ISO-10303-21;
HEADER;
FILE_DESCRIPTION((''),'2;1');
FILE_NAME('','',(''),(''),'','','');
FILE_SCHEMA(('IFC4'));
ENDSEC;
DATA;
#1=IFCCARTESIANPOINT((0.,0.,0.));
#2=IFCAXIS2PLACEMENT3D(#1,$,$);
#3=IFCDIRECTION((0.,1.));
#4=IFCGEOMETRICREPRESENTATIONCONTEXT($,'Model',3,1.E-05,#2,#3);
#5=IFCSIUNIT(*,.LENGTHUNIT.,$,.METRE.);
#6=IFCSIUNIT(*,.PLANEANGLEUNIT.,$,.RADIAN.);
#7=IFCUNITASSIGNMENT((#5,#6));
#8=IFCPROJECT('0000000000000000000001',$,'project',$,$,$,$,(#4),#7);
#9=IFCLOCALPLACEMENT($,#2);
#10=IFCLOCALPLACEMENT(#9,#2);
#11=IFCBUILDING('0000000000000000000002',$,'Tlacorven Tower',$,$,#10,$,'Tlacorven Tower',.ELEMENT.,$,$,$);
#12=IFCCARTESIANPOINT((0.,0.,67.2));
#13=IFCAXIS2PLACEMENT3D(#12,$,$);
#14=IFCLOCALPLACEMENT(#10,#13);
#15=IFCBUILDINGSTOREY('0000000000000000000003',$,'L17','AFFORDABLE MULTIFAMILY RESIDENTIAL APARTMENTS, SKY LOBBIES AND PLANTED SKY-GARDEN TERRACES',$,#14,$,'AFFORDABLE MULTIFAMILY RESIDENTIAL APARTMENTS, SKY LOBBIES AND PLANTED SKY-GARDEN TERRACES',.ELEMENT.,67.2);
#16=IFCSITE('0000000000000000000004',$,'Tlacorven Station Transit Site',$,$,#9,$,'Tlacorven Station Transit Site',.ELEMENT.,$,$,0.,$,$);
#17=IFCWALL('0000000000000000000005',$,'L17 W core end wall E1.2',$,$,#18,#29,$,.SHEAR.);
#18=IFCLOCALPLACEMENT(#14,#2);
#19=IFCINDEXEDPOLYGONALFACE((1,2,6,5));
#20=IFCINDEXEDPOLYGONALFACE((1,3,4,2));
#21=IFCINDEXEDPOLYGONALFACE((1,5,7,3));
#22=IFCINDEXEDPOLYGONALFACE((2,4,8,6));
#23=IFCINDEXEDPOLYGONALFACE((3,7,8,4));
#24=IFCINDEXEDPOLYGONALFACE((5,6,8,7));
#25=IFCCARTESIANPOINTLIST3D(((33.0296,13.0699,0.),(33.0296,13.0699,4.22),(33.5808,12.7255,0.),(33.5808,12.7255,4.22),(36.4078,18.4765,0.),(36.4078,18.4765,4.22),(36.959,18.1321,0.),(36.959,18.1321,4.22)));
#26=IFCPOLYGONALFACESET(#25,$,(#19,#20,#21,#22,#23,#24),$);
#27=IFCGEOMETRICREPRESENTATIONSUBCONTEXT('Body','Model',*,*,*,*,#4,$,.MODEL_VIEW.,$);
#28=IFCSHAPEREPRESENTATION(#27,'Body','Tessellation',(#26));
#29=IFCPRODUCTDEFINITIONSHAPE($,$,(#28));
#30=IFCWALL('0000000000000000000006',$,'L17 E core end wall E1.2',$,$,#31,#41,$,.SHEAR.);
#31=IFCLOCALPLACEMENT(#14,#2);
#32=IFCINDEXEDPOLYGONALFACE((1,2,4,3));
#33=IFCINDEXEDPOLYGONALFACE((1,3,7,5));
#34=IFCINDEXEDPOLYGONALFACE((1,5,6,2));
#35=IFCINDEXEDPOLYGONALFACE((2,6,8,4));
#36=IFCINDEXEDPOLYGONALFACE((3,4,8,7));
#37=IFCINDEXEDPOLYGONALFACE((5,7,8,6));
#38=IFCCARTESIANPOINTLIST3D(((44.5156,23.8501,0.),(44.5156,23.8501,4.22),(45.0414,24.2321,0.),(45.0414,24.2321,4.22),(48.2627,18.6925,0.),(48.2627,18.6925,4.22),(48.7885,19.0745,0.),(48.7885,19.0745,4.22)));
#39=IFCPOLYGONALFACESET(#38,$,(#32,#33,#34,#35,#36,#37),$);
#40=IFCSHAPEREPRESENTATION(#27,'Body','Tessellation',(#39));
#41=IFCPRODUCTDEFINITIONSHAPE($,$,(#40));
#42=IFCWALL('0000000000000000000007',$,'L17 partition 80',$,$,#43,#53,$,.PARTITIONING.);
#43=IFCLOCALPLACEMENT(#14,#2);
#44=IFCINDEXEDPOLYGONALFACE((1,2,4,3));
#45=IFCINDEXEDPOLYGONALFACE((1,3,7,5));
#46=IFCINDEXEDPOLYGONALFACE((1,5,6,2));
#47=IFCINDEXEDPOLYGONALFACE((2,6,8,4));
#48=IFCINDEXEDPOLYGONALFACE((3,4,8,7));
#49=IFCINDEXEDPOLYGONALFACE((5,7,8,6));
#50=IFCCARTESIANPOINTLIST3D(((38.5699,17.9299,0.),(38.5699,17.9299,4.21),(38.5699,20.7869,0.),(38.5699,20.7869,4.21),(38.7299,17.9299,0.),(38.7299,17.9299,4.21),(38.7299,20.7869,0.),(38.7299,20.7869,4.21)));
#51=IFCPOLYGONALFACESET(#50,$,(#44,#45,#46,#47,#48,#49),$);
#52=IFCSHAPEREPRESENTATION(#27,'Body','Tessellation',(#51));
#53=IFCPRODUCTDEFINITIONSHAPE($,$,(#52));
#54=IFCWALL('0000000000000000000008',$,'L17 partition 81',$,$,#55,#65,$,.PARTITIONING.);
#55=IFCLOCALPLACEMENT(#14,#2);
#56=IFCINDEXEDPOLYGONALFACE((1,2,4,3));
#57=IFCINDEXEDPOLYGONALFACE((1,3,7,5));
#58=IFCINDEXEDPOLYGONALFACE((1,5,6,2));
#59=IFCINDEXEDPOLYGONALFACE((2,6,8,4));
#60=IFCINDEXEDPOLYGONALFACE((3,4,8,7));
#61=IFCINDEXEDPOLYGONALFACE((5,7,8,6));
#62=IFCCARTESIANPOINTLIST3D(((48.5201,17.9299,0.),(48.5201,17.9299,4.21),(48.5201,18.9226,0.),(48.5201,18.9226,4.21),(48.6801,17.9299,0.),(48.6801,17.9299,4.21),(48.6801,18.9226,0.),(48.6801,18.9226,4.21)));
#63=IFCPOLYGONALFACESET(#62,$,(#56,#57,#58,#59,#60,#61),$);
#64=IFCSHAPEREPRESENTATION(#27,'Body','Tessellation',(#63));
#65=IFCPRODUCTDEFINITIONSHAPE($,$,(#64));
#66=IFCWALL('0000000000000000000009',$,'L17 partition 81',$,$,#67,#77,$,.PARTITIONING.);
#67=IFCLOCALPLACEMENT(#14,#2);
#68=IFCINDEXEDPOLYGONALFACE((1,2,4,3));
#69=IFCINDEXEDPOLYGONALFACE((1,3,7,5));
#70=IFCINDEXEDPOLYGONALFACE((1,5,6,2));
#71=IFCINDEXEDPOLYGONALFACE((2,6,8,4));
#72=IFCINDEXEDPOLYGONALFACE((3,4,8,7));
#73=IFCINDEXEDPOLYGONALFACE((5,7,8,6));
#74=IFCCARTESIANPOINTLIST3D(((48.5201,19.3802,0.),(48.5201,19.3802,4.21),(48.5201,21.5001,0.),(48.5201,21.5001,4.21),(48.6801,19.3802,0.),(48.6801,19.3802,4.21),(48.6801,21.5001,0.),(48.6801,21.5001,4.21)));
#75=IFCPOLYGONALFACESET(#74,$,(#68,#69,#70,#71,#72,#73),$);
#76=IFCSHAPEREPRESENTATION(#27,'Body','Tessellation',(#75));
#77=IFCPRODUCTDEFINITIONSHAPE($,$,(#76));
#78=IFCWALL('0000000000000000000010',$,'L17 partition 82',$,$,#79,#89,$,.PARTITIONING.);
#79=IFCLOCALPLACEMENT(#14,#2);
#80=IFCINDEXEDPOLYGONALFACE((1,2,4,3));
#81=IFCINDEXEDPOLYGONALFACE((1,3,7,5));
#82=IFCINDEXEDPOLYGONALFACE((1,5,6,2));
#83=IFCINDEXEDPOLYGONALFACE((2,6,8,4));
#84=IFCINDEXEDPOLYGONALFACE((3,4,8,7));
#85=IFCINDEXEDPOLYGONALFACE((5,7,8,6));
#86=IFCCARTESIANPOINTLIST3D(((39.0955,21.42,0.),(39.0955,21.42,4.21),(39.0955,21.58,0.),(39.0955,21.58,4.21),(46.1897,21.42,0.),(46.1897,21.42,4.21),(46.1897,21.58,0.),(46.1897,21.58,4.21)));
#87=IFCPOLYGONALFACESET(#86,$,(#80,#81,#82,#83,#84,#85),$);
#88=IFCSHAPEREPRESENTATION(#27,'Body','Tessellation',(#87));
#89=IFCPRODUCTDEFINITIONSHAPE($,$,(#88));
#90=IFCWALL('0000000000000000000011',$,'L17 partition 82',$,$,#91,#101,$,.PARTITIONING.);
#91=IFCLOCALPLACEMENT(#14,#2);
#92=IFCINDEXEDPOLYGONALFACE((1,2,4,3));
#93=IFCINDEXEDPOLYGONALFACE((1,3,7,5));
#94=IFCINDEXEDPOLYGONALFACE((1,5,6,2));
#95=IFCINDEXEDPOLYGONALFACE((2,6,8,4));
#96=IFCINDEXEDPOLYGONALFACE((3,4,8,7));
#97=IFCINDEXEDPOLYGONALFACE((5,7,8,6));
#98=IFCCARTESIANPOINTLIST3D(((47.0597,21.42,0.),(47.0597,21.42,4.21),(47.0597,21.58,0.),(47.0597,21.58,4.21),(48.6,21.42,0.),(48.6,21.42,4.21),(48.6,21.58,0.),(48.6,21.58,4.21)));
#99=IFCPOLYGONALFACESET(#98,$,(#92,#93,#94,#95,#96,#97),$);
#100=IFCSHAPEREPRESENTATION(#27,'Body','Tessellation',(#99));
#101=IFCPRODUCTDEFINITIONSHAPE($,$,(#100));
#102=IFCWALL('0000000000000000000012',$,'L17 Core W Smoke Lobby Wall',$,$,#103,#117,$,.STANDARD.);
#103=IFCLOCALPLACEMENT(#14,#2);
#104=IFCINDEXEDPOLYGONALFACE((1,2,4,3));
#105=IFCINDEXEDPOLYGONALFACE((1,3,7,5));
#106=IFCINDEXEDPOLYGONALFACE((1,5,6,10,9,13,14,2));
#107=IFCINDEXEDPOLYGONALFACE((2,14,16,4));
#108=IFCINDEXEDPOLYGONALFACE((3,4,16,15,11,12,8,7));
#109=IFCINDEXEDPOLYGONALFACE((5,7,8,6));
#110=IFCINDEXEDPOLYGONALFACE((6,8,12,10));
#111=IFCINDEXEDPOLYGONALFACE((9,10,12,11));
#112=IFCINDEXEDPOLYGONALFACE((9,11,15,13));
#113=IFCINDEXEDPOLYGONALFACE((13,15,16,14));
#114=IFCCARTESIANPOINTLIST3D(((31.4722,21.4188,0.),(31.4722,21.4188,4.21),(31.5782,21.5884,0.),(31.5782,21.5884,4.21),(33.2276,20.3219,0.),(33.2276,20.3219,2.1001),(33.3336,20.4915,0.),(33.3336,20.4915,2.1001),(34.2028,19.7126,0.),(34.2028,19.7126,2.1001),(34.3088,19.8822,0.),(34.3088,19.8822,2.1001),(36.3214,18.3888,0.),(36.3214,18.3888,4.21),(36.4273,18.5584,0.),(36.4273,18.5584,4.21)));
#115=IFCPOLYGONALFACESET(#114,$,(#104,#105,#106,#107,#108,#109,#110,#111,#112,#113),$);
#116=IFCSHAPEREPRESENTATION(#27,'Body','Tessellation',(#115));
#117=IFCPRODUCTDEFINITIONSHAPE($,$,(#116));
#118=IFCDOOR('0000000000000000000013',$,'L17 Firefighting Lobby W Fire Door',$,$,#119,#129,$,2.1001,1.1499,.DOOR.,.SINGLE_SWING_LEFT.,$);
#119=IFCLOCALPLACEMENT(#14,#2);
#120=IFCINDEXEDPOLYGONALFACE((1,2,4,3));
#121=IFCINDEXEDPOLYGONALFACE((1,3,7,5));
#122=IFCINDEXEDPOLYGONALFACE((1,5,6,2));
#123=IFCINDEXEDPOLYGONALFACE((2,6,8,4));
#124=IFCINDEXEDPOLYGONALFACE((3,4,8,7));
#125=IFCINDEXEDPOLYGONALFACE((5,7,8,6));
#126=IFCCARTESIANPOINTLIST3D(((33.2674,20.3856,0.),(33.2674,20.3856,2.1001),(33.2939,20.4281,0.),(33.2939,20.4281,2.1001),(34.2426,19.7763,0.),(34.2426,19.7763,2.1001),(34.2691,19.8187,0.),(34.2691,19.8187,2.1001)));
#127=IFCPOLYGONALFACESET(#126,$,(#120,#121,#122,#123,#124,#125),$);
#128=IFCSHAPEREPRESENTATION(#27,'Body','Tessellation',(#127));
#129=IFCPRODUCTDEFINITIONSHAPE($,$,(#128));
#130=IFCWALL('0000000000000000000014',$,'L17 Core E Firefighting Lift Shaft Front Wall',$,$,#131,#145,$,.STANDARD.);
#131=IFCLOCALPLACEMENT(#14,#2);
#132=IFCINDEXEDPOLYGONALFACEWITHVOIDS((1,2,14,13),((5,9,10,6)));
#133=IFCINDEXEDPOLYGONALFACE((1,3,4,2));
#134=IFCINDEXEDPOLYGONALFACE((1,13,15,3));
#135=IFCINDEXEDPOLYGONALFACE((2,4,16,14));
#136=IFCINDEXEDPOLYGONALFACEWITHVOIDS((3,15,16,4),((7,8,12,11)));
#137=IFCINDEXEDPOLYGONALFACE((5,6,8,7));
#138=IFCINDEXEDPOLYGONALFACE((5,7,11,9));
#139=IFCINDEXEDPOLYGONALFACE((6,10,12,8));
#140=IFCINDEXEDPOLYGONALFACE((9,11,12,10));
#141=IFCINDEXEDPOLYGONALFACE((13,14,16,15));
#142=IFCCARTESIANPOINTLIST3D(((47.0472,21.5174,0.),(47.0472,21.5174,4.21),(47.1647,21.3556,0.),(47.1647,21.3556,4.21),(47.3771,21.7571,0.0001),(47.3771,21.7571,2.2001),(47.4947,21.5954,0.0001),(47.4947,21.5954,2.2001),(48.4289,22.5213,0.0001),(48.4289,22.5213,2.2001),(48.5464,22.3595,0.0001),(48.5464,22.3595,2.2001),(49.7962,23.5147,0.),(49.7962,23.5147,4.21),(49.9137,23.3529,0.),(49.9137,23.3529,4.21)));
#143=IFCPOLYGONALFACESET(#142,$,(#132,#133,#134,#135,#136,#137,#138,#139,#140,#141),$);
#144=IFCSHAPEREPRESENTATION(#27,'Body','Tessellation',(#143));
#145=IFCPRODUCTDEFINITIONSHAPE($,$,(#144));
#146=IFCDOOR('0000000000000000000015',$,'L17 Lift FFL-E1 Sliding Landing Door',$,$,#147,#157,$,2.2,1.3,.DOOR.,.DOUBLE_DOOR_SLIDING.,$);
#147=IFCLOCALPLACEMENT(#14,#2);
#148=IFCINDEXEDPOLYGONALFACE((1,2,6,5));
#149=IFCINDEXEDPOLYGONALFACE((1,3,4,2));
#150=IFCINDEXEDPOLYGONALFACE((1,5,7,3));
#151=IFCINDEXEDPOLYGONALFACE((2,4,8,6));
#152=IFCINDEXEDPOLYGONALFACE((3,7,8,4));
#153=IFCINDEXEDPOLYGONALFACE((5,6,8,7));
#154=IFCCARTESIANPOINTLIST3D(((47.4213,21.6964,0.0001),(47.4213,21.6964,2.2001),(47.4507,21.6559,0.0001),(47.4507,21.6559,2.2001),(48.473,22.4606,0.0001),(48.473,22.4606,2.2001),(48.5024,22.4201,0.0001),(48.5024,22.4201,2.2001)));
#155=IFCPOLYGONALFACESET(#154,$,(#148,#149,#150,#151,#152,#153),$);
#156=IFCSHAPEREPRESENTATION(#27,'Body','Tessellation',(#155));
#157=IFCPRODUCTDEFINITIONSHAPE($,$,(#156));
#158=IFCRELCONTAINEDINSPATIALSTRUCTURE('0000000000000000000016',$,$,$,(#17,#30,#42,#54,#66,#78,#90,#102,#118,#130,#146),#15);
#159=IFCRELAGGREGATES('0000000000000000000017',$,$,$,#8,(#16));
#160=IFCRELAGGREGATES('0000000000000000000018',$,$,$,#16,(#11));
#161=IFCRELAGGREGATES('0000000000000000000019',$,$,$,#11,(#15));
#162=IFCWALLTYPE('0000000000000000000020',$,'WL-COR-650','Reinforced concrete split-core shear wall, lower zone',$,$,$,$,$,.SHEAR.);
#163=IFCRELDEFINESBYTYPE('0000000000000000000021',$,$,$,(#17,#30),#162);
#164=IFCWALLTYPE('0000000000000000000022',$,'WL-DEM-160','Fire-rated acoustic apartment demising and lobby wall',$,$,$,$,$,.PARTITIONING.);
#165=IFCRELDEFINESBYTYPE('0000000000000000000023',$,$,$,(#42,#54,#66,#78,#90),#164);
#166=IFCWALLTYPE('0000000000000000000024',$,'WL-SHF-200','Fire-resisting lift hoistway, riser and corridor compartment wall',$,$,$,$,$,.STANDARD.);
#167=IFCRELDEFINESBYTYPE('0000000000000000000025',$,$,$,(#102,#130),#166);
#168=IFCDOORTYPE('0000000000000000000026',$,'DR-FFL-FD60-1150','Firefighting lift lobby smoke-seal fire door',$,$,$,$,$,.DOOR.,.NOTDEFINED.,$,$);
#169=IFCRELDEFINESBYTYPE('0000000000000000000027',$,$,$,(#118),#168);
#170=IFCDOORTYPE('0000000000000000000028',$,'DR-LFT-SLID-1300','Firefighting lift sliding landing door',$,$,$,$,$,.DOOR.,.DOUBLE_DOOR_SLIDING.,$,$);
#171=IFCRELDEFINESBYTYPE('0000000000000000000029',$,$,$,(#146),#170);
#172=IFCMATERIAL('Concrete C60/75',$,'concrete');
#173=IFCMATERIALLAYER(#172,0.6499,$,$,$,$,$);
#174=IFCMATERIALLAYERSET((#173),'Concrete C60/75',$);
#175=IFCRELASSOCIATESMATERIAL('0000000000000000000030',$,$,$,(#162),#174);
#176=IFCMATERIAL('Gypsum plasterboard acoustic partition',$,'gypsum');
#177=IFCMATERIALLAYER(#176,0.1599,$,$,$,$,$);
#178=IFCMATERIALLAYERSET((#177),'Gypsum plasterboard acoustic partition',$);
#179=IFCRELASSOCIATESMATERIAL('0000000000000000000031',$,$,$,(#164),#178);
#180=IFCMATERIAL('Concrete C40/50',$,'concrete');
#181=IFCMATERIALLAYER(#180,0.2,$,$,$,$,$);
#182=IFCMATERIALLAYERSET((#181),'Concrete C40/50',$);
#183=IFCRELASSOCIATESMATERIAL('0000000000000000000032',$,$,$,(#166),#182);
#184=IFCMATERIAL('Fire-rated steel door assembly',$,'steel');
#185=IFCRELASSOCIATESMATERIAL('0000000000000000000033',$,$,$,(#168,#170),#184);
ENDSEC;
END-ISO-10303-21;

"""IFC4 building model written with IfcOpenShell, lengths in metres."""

from ifc_helpers import new_model, si_unit, direction, frame, frame_2d, origin, place, context, subcontext, project, spatial, rectangle, extrude, source, transform, mapped, material, layer, layer_set, type_object, element, fill, save


model = new_model("IFC4")

# Units and contexts
model_context = context("Model", 3, precision=1e-05, world=origin(), true_north=direction((0.0, 1.0)))
body_context = subcontext(model_context, "Body", "Model", "MODEL_VIEW")
ifc_project = project(units=[si_unit("LENGTHUNIT", "METRE"), si_unit("PLANEANGLEUNIT", "RADIAN")], contexts=[model_context])

# Site, building, storey
site_placement = place(None, origin())
site = spatial("IfcSite", under=ifc_project, at=site_placement, Name="Tlacorven Station Transit Site", LongName="Tlacorven Station Transit Site", CompositionType="ELEMENT", RefElevation=0.0)
building_placement = place(site_placement, origin())
building = spatial("IfcBuilding", under=site, at=building_placement, Name="Tlacorven Tower", LongName="Tlacorven Tower", CompositionType="ELEMENT")
storey_placement = place(building_placement, frame((0.0, 0.0, 67.2)))
storey = spatial("IfcBuildingStorey", under=building, at=storey_placement, Name="L17", Description="AFFORDABLE MULTIFAMILY RESIDENTIAL APARTMENTS, SKY LOBBIES AND PLANTED SKY-GARDEN TERRACES", LongName="AFFORDABLE MULTIFAMILY RESIDENTIAL APARTMENTS, SKY LOBBIES AND PLANTED SKY-GARDEN TERRACES", CompositionType="ELEMENT", Elevation=67.2)

# Walls
ifc_material_1 = material(Name="Concrete C60/75", Category="concrete")
ifc_layer_1 = layer(ifc_material_1, 0.6499)
ifc_layer_set_1 = layer_set([ifc_layer_1], Name="Concrete C60/75")
wall_type_1 = type_object("IfcWallType", Name="WL-COR-650", Description="Reinforced concrete split-core shear wall, lower zone", PredefinedType="SHEAR", material=ifc_layer_set_1)
wall_1_placement = place(storey_placement, frame((36.6833, 18.3042, 0.0), z_axis=(0.0, 0.0, 1.0), x_axis=(-0.529899, -0.848061, 0.0)))
element("IfcWall", 1, at=wall_1_placement, inside=storey, type_object=wall_type_1, Name="L17 W core end wall E1.2", PredefinedType="SHEAR", context=body_context, shape_type="SweptSolid", body=[
    extrude(rectangle(XDim=6.3752, YDim=0.6499, at=frame_2d((3.1875, 0.0))), origin(), (0.0, 0.0, 1.0), 4.22),
])
wall_2_placement = place(storey_placement, frame((48.5256, 18.8835, 0.0), z_axis=(0.0, 0.0, 1.0), x_axis=(-0.58778, 0.809021, 0.0)))
element("IfcWall", 2, at=wall_2_placement, inside=storey, type_object=wall_type_1, Name="L17 E core end wall E1.2", PredefinedType="SHEAR", context=body_context, shape_type="SweptSolid", body=[
    extrude(rectangle(XDim=6.375, YDim=0.6499, at=frame_2d((3.1875, 0.0))), origin(), (0.0, 0.0, 1.0), 4.22),
])
ifc_material_2 = material(Name="Gypsum plasterboard acoustic partition", Category="gypsum")
ifc_layer_2 = layer(ifc_material_2, 0.1599)
ifc_layer_set_2 = layer_set([ifc_layer_2], Name="Gypsum plasterboard acoustic partition")
wall_type_2 = type_object("IfcWallType", Name="WL-DEM-160", Description="Fire-rated acoustic apartment demising and lobby wall", PredefinedType="PARTITIONING", material=ifc_layer_set_2)
wall_3_placement = place(storey_placement, frame((38.6499, 17.9299, 0.0), z_axis=(0.0, 0.0, 1.0), x_axis=(0.0, 1.0, 0.0)))
element("IfcWall", 3, at=wall_3_placement, inside=storey, type_object=wall_type_2, Name="L17 partition 80", PredefinedType="PARTITIONING", context=body_context, shape_type="SweptSolid", body=[
    extrude(rectangle(XDim=2.8569, YDim=0.1599, at=frame_2d((1.4285, 0.0))), origin(), (0.0, 0.0, 1.0), 4.21),
])
wall_4_placement = place(storey_placement, frame((48.6001, 17.9299, 0.0), z_axis=(0.0, 0.0, 1.0), x_axis=(0.0, 1.0, 0.0)))
element("IfcWall", 4, at=wall_4_placement, inside=storey, type_object=wall_type_2, Name="L17 partition 81", PredefinedType="PARTITIONING", context=body_context, shape_type="SweptSolid", body=[
    extrude(rectangle(XDim=0.9927, YDim=0.1599, at=frame_2d((0.4963, 0.0))), origin(), (0.0, 0.0, 1.0), 4.21),
])
wall_5_placement = place(storey_placement, frame((48.6001, 19.3801, 0.0), z_axis=(0.0, 0.0, 1.0), x_axis=(0.0, 1.0, 0.0)))
element("IfcWall", 5, at=wall_5_placement, inside=storey, type_object=wall_type_2, Name="L17 partition 81", PredefinedType="PARTITIONING", context=body_context, shape_type="SweptSolid", body=[
    extrude(rectangle(XDim=2.1199, YDim=0.1599, at=frame_2d((1.0601, 0.0))), origin(), (0.0, 0.0, 1.0), 4.21),
])
wall_6_placement = place(storey_placement, frame((39.0955, 21.5, 0.0), z_axis=(0.0, 0.0, 1.0), x_axis=(1.0, 0.0, 0.0)))
element("IfcWall", 6, at=wall_6_placement, inside=storey, type_object=wall_type_2, Name="L17 partition 82", PredefinedType="PARTITIONING", context=body_context, shape_type="SweptSolid", body=[
    extrude(rectangle(XDim=7.0942, YDim=0.1599, at=frame_2d((3.5471, 0.0))), origin(), (0.0, 0.0, 1.0), 4.21),
])
wall_7_placement = place(storey_placement, frame((47.0598, 21.5, 0.0), z_axis=(0.0, 0.0, 1.0), x_axis=(1.0, 0.0, 0.0)))
element("IfcWall", 7, at=wall_7_placement, inside=storey, type_object=wall_type_2, Name="L17 partition 82", PredefinedType="PARTITIONING", context=body_context, shape_type="SweptSolid", body=[
    extrude(rectangle(XDim=1.5403, YDim=0.1599, at=frame_2d((0.77, 0.0))), origin(), (0.0, 0.0, 1.0), 4.21),
])

# Walls, openings, doors
ifc_material_3 = material(Name="Concrete C40/50", Category="concrete")
ifc_layer_3 = layer(ifc_material_3, 0.2)
ifc_layer_set_3 = layer_set([ifc_layer_3], Name="Concrete C40/50")
wall_type_3 = type_object("IfcWallType", Name="WL-SHF-200", Description="Fire-resisting lift hoistway, riser and corridor compartment wall", PredefinedType="STANDARD", material=ifc_layer_set_3)
wall_8_placement = place(storey_placement, frame((36.3743, 18.4736, 0.0), z_axis=(0.0, 0.0, 1.0), x_axis=(-0.848051, 0.529915, 0.0)))
wall_8 = element("IfcWall", 8, at=wall_8_placement, inside=storey, type_object=wall_type_3, Name="L17 Core W Smoke Lobby Wall", PredefinedType="STANDARD", context=body_context, shape_type="SweptSolid", body=[
    extrude(rectangle(XDim=5.718, YDim=0.2, at=frame_2d((2.8589, 0.0))), origin(), (0.0, 0.0, 1.0), 4.21),
])
opening_1_placement = place(wall_8_placement, frame((2.498, 0.0, 0.0)))
opening_1 = element("IfcOpeningElement", 9, at=opening_1_placement, cuts=wall_8, PredefinedType="OPENING", context=body_context, shape_type="SweptSolid", body=[
    extrude(rectangle(XDim=1.1499, YDim=2.1001, at=frame_2d((0.575, 1.05))), frame((0.0, 0.1099, 0.0), z_axis=(0.0, -1.0, 0.0), x_axis=(1.0, 0.0, 0.0)), (0.0, 0.0, 1.0), 0.22),
])
ifc_material_4 = material(Name="Fire-rated steel door assembly", Category="steel")
door_type_1 = type_object("IfcDoorType", Name="DR-FFL-FD60-1150", Description="Firefighting lift lobby smoke-seal fire door", OperationType="NOTDEFINED", PredefinedType="DOOR", material=ifc_material_4)
shared_shape_1 = source(origin(), body_context, "Body", "SweptSolid", [
    extrude(rectangle(XDim=1.1499, YDim=2.1001, at=frame_2d((0.575, 1.05))), frame((0.0, 0.0249, 0.0), z_axis=(0.0, -1.0, 0.0), x_axis=(1.0, 0.0, 0.0)), (0.0, 0.0, 1.0), 0.05),
])
door_1_placement = place(opening_1_placement, origin())
door_1 = element("IfcDoor", 10, at=door_1_placement, inside=storey, type_object=door_type_1, Name="L17 Firefighting Lobby W Fire Door", OperationType="SINGLE_SWING_LEFT", OverallHeight=2.1001, OverallWidth=1.1499, PredefinedType="DOOR", context=body_context, shape_type="MappedRepresentation", body=[
    mapped(shared_shape_1, transform((0.0, 0.0, 0.0), scale=1.0)),
])
fill(opening_1, door_1)
wall_9_placement = place(storey_placement, frame((47.106, 21.4365, 0.0), z_axis=(0.0, 0.0, 1.0), x_axis=(0.809013, 0.587791, 0.0)))
wall_9 = element("IfcWall", 11, at=wall_9_placement, inside=storey, type_object=wall_type_3, Name="L17 Core E Firefighting Lift Shaft Front Wall", PredefinedType="STANDARD", context=body_context, shape_type="SweptSolid", body=[
    extrude(rectangle(XDim=3.3979, YDim=0.2, at=frame_2d((1.699, 0.0))), origin(), (0.0, 0.0, 1.0), 4.21),
])
opening_2_placement = place(wall_9_placement, frame((0.408, 0.0, 0.0)))
opening_2 = element("IfcOpeningElement", 12, at=opening_2_placement, cuts=wall_9, PredefinedType="OPENING", context=body_context, shape_type="SweptSolid", body=[
    extrude(rectangle(XDim=1.3, YDim=2.2, at=frame_2d((0.6499, 1.1001))), frame((0.0, 0.1099, 0.0), z_axis=(0.0, -1.0, 0.0), x_axis=(1.0, 0.0, 0.0)), (0.0, 0.0, 1.0), 0.22),
])
door_type_2 = type_object("IfcDoorType", Name="DR-LFT-SLID-1300", Description="Firefighting lift sliding landing door", OperationType="DOUBLE_DOOR_SLIDING", PredefinedType="DOOR", material=ifc_material_4)
shared_shape_2 = source(origin(), body_context, "Body", "SweptSolid", [
    extrude(rectangle(XDim=1.3, YDim=2.2, at=frame_2d((0.6499, 1.1001))), frame((0.0, 0.0249, 0.0), z_axis=(0.0, -1.0, 0.0), x_axis=(1.0, 0.0, 0.0)), (0.0, 0.0, 1.0), 0.05),
])
door_2_placement = place(opening_2_placement, origin())
door_2 = element("IfcDoor", 13, at=door_2_placement, inside=storey, type_object=door_type_2, Name="L17 Lift FFL-E1 Sliding Landing Door", OperationType="DOUBLE_DOOR_SLIDING", OverallHeight=2.2, OverallWidth=1.3, PredefinedType="DOOR", context=body_context, shape_type="MappedRepresentation", body=[
    mapped(shared_shape_2, transform((0.0, 0.0, 0.0), scale=1.0)),
])
fill(opening_2, door_2)

save(model, "model.ifc")
